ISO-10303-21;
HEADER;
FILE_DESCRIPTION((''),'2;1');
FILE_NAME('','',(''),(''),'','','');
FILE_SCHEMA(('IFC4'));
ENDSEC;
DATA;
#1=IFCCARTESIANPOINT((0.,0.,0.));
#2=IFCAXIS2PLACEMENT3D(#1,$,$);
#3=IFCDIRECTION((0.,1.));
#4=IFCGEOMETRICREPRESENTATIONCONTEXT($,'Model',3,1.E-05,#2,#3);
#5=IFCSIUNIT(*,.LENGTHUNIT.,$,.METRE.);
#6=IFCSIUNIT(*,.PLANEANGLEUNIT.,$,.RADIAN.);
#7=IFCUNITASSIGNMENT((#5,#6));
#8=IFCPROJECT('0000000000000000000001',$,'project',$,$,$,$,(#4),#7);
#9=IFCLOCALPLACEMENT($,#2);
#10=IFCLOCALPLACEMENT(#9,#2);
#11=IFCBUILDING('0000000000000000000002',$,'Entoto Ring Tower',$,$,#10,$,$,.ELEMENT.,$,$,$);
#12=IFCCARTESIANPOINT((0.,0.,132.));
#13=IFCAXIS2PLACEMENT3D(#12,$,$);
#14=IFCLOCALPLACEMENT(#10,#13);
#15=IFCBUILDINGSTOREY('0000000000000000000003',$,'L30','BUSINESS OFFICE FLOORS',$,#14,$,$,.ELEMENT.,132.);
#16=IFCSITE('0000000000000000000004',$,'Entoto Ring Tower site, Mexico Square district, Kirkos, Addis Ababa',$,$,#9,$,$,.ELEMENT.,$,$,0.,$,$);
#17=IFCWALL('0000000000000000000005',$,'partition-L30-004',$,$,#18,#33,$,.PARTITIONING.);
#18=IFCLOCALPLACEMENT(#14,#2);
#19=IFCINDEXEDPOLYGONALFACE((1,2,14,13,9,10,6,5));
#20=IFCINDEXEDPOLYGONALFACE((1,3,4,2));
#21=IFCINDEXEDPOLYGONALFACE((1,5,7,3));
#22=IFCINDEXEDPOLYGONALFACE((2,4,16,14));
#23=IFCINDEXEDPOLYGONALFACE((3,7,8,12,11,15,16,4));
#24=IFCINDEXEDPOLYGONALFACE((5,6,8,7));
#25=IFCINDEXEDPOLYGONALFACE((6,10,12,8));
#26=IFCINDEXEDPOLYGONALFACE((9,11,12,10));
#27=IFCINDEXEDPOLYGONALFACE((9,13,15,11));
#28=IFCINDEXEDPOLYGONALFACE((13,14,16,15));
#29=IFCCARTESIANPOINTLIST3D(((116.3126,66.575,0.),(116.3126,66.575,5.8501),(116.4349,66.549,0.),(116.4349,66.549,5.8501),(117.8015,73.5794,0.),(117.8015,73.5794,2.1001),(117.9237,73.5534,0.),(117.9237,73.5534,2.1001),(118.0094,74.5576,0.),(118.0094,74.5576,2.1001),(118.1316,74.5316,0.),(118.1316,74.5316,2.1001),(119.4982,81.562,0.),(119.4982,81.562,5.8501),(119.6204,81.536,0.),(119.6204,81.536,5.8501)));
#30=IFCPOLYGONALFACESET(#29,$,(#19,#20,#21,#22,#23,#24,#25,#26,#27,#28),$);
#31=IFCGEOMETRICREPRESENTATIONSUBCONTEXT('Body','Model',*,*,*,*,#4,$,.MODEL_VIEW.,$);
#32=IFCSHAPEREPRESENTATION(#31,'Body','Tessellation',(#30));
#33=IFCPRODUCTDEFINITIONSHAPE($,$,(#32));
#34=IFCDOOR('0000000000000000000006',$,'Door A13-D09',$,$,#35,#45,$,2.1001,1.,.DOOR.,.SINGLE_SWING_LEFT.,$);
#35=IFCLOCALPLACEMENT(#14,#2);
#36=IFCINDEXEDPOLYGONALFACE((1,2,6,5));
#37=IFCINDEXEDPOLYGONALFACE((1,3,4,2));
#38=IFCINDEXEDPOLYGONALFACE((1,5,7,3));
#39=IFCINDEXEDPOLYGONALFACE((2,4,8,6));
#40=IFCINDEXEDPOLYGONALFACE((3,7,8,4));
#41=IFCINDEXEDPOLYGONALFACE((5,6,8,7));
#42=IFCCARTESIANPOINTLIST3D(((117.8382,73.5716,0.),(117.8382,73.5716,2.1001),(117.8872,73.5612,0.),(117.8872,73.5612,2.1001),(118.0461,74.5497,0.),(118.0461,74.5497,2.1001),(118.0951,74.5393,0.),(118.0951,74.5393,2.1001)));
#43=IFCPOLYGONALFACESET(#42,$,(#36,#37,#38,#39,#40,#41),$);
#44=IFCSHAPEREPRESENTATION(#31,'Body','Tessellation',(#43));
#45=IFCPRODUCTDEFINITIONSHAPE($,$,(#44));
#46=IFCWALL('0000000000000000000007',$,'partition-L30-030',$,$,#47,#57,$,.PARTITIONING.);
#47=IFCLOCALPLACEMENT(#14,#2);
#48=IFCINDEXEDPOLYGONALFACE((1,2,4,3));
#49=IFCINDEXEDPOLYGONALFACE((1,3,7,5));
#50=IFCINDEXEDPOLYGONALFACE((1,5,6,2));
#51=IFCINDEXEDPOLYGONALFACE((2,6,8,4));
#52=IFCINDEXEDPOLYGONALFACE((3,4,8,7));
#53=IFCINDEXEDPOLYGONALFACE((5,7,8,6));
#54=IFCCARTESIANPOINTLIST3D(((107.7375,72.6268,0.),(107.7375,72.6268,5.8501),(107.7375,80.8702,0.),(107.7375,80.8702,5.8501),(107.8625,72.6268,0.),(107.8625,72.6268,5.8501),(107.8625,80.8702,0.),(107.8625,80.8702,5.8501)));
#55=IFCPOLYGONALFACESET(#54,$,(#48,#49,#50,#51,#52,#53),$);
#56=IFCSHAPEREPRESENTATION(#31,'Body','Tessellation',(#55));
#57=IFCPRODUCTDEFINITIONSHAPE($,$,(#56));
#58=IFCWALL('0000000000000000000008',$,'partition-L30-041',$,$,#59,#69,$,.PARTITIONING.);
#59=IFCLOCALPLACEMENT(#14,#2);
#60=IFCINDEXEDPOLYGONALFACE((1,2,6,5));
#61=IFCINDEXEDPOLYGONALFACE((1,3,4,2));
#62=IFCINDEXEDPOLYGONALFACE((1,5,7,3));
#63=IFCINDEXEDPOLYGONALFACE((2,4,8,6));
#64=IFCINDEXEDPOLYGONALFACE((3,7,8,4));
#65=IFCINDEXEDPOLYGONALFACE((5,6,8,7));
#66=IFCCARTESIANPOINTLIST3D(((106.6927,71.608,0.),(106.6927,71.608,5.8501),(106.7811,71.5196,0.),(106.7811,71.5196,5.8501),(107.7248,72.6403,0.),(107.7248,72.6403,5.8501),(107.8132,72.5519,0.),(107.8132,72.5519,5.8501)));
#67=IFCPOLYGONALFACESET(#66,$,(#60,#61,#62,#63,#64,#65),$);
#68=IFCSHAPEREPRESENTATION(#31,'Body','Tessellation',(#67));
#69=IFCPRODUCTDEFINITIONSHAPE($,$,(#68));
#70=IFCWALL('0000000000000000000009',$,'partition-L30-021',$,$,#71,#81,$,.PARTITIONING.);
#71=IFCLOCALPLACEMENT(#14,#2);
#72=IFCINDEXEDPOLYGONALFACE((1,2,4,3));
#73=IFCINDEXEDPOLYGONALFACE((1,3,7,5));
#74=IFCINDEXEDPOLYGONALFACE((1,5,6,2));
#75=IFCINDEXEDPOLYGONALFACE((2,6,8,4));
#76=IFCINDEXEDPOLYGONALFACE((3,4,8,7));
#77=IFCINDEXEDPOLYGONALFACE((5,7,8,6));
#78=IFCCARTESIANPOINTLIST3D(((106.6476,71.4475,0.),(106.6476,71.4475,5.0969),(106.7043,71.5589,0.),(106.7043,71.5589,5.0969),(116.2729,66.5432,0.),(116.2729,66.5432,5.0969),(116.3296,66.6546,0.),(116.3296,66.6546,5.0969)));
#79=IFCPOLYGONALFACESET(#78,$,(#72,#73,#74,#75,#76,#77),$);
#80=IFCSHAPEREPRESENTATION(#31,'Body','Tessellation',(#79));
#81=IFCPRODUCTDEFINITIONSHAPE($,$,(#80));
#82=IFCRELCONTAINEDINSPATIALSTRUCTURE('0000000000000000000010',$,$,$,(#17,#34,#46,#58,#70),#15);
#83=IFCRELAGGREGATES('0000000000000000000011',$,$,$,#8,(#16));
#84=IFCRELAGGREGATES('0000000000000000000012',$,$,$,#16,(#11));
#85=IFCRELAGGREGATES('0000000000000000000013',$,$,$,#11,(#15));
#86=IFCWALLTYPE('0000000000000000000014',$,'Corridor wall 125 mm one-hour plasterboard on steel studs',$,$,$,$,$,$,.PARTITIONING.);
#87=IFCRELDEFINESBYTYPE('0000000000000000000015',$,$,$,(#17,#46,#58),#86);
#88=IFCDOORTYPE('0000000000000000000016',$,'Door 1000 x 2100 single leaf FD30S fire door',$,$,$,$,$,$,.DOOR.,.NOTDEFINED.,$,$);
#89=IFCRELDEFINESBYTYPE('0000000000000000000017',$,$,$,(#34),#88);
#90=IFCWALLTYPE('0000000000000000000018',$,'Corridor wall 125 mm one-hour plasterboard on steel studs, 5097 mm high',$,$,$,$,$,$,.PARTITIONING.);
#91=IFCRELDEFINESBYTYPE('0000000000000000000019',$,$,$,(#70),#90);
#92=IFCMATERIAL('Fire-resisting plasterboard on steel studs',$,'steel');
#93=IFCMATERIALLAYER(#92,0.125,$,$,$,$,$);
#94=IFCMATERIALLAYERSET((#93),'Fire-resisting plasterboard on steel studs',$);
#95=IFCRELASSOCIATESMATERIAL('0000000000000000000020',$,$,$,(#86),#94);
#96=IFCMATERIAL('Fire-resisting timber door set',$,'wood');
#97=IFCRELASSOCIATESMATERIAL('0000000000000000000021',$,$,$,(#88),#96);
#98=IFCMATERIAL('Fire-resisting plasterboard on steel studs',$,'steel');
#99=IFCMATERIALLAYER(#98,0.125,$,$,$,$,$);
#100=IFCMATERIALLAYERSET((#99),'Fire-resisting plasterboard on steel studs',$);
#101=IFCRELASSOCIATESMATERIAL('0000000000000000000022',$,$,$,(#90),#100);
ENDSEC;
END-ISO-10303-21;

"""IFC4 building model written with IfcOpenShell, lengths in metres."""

from ifc_helpers import new_model, si_unit, direction, frame, frame_2d, origin, place, context, subcontext, project, spatial, rectangle, extrude, material, layer, layer_set, type_object, element, fill, save


model = new_model("IFC4")

# Units and contexts
model_context = context("Model", 3, precision=1e-05, world=origin(), true_north=direction((0.0, 1.0)))
body_context = subcontext(model_context, "Body", "Model", "MODEL_VIEW")
ifc_project = project(units=[si_unit("LENGTHUNIT", "METRE"), si_unit("PLANEANGLEUNIT", "RADIAN")], contexts=[model_context])

# Site, building, storey
site_placement = place(None, origin())
site = spatial("IfcSite", under=ifc_project, at=site_placement, Name="Entoto Ring Tower site, Mexico Square district, Kirkos, Addis Ababa", CompositionType="ELEMENT", RefElevation=0.0)
building_placement = place(site_placement, origin())
building = spatial("IfcBuilding", under=site, at=building_placement, Name="Entoto Ring Tower", CompositionType="ELEMENT")
storey_placement = place(building_placement, frame((0.0, 0.0, 132.0)))
storey = spatial("IfcBuildingStorey", under=building, at=storey_placement, Name="L30", Description="BUSINESS OFFICE FLOORS", CompositionType="ELEMENT", Elevation=132.0)

# Wall, opening, door
ifc_material_1 = material(Name="Fire-resisting plasterboard on steel studs", Category="steel")
ifc_layer_1 = layer(ifc_material_1, 0.125)
ifc_layer_set_1 = layer_set([ifc_layer_1], Name="Fire-resisting plasterboard on steel studs")
wall_type_1 = type_object("IfcWallType", Name="Corridor wall 125 mm one-hour plasterboard on steel studs", PredefinedType="PARTITIONING", material=ifc_layer_set_1)
wall_1_placement = place(storey_placement, frame((116.3738, 66.562, 0.0), z_axis=(0.0, 0.0, 1.0), x_axis=(0.207908, 0.978148, 0.0)))
wall_1 = element("IfcWall", 1, at=wall_1_placement, inside=storey, type_object=wall_type_1, Name="partition-L30-004", PredefinedType="PARTITIONING", context=body_context, shape_type="SweptSolid", body=[
    extrude(rectangle(XDim=15.3218, YDim=0.125, at=frame_2d((7.6609, 0.0))), origin(), (0.0, 0.0, 1.0), 5.8501),
])
opening_1_placement = place(wall_1_placement, frame((7.1609, 0.0, 0.0)))
opening_1 = element("IfcOpeningElement", 2, at=opening_1_placement, cuts=wall_1, PredefinedType="OPENING", context=body_context, shape_type="SweptSolid", body=[
    extrude(rectangle(XDim=1.0, YDim=2.1001, at=frame_2d((0.5, 1.05))), frame((0.0, 0.0725, 0.0), z_axis=(0.0, -1.0, 0.0), x_axis=(1.0, 0.0, 0.0)), (0.0, 0.0, 1.0), 0.145),
])
ifc_material_2 = material(Name="Fire-resisting timber door set", Category="wood")
door_type_1 = type_object("IfcDoorType", Name="Door 1000 x 2100 single leaf FD30S fire door", OperationType="NOTDEFINED", PredefinedType="DOOR", material=ifc_material_2)
door_1_placement = place(opening_1_placement, origin())
door_1 = element("IfcDoor", 3, at=door_1_placement, inside=storey, type_object=door_type_1, Name="Door A13-D09", OperationType="SINGLE_SWING_LEFT", OverallHeight=2.1001, OverallWidth=1.0, PredefinedType="DOOR", context=body_context, shape_type="SweptSolid", body=[
    extrude(rectangle(XDim=1.0, YDim=2.1001, at=frame_2d((0.5, 1.05))), frame((0.0, 0.0249, 0.0), z_axis=(0.0, -1.0, 0.0), x_axis=(1.0, 0.0, 0.0)), (0.0, 0.0, 1.0), 0.05),
])
fill(opening_1, door_1)

# Walls
wall_2_placement = place(storey_placement, frame((107.8, 72.627, 0.0), z_axis=(0.0, 0.0, 1.0), x_axis=(0.0, 1.0, 0.0)))
element("IfcWall", 4, at=wall_2_placement, inside=storey, type_object=wall_type_1, Name="partition-L30-030", PredefinedType="PARTITIONING", context=body_context, shape_type="SweptSolid", body=[
    extrude(rectangle(XDim=8.2434, YDim=0.125, at=frame_2d((4.1216, 0.0))), origin(), (0.0, 0.0, 1.0), 5.8501),
])
wall_3_placement = place(storey_placement, frame((106.7368, 71.5637, 0.0), z_axis=(0.0, 0.0, 1.0), x_axis=(0.707023, 0.70719, 0.0)))
element("IfcWall", 5, at=wall_3_placement, inside=storey, type_object=wall_type_1, Name="partition-L30-041", PredefinedType="PARTITIONING", context=body_context, shape_type="SweptSolid", body=[
    extrude(rectangle(XDim=1.4597, YDim=0.125, at=frame_2d((0.73, 0.0))), origin(), (0.0, 0.0, 1.0), 5.8501),
])
ifc_material_3 = material(Name="Fire-resisting plasterboard on steel studs", Category="steel")
ifc_layer_2 = layer(ifc_material_3, 0.125)
ifc_layer_set_2 = layer_set([ifc_layer_2], Name="Fire-resisting plasterboard on steel studs")
wall_type_2 = type_object("IfcWallType", Name="Corridor wall 125 mm one-hour plasterboard on steel studs, 5097 mm high", PredefinedType="PARTITIONING", material=ifc_layer_set_2)
wall_4_placement = place(storey_placement, frame((116.3013, 66.5989, 0.0), z_axis=(0.0, 0.0, 1.0), x_axis=(-0.891007, 0.45399, 0.0)))
element("IfcWall", 6, at=wall_4_placement, inside=storey, type_object=wall_type_2, Name="partition-L30-021", PredefinedType="PARTITIONING", context=body_context, shape_type="SweptSolid", body=[
    extrude(rectangle(XDim=10.8027, YDim=0.125, at=frame_2d((5.4014, 0.0))), origin(), (0.0, 0.0, 1.0), 5.0969),
])

save(model, "model.ifc")
